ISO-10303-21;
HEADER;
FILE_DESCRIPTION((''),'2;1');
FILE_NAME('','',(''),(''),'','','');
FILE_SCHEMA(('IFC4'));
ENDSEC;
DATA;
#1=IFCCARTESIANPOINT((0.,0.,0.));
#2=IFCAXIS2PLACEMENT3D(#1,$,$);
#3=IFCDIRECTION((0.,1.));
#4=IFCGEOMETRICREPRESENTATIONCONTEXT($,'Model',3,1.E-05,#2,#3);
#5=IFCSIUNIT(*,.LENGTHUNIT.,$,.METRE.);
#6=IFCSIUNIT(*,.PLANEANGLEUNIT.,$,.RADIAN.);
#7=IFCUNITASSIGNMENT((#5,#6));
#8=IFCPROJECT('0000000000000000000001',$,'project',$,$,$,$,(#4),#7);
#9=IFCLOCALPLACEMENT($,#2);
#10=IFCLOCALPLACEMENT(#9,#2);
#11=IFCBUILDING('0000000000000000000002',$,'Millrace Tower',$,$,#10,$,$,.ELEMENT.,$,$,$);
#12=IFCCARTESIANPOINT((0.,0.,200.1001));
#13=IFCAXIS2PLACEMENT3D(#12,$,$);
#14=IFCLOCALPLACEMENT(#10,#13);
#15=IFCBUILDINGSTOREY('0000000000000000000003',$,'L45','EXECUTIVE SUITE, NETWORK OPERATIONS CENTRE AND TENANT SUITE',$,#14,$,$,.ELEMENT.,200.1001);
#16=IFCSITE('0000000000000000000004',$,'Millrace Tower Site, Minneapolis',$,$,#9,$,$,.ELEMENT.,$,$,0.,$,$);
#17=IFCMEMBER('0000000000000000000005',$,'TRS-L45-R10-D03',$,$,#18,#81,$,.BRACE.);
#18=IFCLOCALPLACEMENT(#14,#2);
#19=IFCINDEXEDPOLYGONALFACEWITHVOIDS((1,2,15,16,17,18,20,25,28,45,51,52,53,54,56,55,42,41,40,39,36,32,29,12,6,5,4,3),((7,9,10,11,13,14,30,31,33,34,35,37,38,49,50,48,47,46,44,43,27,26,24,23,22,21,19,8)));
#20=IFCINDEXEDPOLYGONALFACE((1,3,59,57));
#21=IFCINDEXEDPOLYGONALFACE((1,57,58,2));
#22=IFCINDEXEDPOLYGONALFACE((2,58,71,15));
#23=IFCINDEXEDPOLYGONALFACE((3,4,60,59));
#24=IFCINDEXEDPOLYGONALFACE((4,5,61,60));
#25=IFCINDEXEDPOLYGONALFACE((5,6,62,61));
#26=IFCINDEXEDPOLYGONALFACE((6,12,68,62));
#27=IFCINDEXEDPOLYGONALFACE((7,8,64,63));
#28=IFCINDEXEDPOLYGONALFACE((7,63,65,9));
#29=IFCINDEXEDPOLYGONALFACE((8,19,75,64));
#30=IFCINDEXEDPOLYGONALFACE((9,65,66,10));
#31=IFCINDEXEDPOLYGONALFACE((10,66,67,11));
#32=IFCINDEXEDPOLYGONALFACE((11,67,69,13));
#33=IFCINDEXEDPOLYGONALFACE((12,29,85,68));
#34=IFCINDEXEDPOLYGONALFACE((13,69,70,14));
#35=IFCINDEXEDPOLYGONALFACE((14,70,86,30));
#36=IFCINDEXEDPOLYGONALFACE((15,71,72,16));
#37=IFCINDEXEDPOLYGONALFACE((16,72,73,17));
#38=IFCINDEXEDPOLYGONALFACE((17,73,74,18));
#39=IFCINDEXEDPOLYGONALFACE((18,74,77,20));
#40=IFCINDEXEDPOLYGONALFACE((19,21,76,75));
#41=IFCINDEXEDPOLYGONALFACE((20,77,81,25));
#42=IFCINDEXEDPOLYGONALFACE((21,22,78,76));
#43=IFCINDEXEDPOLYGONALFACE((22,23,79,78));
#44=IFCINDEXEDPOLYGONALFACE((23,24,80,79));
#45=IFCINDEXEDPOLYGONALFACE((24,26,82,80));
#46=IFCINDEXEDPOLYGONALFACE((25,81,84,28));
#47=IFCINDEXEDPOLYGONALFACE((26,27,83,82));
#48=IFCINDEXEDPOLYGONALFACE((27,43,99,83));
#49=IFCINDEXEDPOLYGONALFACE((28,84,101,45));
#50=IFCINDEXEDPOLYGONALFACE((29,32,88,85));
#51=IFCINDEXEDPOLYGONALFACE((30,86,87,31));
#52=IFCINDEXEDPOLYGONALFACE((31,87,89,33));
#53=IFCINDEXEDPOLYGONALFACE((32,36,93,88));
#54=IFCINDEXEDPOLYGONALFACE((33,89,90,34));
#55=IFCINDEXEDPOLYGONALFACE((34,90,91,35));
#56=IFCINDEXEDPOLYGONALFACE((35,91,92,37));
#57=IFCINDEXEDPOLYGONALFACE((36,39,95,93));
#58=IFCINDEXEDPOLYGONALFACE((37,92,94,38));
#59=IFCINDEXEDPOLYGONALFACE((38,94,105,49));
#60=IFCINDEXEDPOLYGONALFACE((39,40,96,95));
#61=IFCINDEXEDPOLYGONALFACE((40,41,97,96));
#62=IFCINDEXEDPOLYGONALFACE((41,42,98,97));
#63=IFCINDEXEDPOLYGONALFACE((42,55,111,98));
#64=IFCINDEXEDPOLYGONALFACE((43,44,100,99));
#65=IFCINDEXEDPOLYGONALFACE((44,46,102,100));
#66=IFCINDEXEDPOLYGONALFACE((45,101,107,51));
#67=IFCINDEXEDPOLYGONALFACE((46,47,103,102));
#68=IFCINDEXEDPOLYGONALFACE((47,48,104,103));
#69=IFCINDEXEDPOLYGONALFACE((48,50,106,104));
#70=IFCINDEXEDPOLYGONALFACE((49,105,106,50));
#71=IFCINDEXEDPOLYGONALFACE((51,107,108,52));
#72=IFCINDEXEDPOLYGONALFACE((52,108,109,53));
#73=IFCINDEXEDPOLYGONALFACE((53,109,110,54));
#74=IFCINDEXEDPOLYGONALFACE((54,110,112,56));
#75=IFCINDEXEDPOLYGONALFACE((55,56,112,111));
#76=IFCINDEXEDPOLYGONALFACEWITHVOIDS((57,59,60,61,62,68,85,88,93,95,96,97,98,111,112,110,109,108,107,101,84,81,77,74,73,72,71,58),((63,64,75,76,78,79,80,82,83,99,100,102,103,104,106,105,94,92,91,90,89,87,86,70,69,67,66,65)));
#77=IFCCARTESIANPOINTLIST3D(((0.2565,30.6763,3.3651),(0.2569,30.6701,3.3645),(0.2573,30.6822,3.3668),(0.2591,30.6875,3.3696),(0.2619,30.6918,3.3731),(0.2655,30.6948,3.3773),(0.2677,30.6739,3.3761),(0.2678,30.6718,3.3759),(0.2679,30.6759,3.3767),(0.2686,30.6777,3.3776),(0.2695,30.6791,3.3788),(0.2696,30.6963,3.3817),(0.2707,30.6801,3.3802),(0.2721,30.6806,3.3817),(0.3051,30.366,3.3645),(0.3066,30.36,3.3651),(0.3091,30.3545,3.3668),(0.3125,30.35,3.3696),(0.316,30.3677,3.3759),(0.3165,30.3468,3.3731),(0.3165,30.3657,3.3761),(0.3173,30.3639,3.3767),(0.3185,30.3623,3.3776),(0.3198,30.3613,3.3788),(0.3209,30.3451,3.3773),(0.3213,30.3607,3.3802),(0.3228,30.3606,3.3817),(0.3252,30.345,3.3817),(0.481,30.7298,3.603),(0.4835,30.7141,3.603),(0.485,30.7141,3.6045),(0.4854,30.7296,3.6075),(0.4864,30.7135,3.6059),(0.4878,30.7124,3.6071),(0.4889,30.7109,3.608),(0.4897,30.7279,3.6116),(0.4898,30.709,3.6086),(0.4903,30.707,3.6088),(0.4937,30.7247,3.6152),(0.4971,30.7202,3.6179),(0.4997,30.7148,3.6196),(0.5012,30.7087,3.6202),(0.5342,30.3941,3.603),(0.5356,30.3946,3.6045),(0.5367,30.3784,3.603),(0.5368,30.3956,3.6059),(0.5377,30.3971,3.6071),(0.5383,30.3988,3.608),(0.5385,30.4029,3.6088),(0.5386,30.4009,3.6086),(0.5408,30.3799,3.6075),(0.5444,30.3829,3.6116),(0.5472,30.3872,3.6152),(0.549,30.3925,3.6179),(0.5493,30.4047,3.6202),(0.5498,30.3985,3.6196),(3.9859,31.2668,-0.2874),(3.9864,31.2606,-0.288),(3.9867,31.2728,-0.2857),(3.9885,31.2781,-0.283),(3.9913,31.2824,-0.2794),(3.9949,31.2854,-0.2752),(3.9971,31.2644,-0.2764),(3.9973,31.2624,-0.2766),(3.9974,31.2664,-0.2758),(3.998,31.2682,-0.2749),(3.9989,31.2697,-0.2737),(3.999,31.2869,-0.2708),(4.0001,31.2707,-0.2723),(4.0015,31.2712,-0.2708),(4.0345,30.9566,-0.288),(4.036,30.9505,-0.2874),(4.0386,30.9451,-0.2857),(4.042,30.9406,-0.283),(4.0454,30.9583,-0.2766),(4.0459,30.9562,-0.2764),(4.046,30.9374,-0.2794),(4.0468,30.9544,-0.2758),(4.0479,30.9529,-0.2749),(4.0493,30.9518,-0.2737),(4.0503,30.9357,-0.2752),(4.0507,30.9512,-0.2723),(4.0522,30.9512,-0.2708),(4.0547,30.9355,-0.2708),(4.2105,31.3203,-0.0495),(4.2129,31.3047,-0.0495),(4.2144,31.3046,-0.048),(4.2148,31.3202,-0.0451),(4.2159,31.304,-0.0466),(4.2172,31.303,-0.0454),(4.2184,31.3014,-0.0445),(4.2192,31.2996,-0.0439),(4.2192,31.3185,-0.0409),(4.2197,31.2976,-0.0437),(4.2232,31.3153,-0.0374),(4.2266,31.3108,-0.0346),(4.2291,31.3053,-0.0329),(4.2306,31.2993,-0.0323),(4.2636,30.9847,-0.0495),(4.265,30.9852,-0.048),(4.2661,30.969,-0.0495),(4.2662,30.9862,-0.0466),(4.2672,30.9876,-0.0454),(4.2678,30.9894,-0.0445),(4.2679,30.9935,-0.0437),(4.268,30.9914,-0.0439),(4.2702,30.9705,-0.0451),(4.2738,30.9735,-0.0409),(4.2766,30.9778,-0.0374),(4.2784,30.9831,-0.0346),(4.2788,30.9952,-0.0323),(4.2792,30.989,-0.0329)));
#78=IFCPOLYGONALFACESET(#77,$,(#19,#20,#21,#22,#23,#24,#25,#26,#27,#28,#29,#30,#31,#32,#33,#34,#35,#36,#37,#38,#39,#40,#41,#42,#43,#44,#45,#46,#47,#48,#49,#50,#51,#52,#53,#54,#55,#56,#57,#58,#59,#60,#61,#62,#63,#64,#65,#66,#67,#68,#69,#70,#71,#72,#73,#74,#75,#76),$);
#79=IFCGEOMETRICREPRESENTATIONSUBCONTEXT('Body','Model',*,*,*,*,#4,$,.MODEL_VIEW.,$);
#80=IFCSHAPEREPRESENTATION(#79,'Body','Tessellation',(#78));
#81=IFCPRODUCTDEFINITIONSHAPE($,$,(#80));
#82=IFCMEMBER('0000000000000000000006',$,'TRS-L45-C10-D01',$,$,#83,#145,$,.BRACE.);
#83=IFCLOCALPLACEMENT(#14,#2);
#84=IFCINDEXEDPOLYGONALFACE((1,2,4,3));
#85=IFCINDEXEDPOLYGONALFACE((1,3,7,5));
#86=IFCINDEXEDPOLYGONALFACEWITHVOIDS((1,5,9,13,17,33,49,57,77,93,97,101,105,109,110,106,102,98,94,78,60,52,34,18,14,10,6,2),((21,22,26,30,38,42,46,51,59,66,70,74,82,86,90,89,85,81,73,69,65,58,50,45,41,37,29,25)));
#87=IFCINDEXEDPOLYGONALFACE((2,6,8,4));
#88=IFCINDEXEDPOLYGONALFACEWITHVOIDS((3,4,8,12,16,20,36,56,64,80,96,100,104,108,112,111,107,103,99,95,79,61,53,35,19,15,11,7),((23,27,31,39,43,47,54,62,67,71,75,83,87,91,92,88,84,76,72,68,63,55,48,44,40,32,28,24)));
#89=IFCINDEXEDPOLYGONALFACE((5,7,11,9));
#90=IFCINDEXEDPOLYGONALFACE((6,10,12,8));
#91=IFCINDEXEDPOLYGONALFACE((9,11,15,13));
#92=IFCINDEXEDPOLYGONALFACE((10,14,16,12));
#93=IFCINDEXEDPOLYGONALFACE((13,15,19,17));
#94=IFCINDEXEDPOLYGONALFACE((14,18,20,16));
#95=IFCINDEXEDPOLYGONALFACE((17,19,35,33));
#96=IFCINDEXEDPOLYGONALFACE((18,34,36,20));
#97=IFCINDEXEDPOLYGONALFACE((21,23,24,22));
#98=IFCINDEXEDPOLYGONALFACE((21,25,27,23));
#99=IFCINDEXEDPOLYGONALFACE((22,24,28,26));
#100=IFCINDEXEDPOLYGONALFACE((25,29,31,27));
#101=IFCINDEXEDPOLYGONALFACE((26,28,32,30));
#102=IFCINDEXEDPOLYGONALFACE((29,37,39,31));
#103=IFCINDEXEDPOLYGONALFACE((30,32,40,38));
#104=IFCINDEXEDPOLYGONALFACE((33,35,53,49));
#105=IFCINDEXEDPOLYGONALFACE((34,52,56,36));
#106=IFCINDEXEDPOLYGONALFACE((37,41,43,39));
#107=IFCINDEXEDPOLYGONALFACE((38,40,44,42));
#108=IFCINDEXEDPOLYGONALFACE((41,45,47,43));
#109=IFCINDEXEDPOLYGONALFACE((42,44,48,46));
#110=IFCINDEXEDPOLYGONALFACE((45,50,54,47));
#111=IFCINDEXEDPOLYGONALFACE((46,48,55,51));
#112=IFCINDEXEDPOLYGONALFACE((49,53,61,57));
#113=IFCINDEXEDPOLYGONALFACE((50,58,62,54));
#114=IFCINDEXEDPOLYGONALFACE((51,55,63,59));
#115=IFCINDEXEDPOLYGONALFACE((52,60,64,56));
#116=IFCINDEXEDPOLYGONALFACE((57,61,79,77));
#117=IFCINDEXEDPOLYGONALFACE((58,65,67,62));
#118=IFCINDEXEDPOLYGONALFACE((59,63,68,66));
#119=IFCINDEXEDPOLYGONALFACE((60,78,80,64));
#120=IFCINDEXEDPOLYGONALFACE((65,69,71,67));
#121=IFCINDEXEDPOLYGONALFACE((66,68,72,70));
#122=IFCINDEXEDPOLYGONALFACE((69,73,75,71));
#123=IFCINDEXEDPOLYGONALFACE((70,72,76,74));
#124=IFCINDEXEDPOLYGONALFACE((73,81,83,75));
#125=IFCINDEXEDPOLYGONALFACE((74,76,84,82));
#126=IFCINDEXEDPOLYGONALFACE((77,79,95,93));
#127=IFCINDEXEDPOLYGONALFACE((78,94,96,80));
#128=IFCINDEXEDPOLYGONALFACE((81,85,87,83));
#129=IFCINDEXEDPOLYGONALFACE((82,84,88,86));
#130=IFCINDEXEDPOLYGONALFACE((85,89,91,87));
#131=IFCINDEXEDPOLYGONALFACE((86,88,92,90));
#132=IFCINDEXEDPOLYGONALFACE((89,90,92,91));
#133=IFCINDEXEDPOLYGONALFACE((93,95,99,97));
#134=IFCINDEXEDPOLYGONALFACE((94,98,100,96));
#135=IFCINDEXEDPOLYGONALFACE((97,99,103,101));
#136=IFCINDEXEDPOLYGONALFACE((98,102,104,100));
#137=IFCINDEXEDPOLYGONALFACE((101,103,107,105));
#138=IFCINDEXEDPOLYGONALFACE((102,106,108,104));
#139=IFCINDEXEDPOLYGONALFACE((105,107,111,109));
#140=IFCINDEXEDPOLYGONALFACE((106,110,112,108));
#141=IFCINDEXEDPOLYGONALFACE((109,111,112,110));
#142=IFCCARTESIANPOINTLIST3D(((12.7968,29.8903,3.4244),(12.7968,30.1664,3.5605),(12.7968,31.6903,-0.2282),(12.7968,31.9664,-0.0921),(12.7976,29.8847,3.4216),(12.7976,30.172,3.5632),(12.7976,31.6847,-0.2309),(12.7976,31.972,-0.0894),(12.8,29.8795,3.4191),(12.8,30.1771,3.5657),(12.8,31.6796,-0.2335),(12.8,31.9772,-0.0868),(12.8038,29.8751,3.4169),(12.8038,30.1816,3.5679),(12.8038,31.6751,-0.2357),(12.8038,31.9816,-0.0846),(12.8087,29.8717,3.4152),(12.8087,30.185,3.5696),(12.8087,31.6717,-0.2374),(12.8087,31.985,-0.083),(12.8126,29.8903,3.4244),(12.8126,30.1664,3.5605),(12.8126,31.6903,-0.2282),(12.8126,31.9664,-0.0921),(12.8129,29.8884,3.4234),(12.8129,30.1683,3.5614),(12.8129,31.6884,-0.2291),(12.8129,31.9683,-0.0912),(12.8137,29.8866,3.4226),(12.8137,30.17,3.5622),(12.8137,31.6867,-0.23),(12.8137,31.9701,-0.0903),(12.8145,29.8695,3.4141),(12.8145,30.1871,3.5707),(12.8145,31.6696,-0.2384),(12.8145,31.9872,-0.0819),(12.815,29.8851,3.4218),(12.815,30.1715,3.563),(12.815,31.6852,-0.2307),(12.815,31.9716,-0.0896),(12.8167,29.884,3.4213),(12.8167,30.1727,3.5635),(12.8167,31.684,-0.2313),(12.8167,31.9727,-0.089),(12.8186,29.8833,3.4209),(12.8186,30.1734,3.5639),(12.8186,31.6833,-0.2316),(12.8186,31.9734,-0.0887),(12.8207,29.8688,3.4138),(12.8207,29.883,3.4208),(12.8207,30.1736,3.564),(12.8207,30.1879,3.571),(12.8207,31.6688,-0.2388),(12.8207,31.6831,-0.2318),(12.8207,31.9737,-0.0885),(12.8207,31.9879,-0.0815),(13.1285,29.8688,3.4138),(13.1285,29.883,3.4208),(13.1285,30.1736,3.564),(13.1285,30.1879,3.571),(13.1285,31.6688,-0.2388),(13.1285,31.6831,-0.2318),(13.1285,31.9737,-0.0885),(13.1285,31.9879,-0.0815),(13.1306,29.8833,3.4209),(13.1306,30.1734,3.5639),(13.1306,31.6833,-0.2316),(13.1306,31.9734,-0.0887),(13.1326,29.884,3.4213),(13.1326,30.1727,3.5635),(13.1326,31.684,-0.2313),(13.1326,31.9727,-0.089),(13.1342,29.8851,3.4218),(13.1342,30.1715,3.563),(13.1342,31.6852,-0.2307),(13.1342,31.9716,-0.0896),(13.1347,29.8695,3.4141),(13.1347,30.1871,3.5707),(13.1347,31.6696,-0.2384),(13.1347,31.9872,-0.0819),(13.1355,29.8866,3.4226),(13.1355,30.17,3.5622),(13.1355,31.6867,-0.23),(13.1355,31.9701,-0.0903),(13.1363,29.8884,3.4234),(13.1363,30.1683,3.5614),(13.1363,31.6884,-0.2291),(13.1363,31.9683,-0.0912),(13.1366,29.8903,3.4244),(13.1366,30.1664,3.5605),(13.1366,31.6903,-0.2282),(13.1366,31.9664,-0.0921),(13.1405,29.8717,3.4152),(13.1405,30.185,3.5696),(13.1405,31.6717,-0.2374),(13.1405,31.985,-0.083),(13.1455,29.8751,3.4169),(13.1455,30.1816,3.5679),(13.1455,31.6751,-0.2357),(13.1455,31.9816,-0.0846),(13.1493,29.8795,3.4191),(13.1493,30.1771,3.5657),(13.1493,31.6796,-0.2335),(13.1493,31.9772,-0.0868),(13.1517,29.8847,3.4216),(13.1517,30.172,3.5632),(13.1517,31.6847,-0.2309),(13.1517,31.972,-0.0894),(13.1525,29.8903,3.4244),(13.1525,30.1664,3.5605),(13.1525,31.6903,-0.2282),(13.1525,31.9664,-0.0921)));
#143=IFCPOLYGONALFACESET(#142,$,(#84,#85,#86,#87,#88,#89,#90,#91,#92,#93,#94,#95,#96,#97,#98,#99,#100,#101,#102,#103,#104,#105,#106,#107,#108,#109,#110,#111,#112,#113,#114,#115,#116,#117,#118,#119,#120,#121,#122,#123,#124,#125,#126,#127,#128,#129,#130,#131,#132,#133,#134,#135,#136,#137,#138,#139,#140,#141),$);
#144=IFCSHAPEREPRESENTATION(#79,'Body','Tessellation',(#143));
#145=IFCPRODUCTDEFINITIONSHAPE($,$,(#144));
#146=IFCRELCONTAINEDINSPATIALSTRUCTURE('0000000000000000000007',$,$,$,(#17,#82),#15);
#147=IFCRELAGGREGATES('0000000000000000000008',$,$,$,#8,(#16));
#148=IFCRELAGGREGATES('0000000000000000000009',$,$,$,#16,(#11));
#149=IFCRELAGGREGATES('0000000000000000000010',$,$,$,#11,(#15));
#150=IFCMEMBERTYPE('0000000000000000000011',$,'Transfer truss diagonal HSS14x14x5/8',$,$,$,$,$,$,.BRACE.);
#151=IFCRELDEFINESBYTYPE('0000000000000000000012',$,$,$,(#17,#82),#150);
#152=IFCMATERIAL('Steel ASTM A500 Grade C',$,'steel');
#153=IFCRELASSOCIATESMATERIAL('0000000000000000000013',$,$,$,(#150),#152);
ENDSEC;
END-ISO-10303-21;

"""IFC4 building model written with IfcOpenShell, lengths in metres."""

from ifc_helpers import new_model, si_unit, direction, frame, origin, origin_2d, place, context, subcontext, project, spatial, hollow_rectangle, extrude, material, material_profile, profile_set, type_object, element, save


model = new_model("IFC4")

# Units and contexts
model_context = context("Model", 3, precision=1e-05, world=origin(), true_north=direction((0.0, 1.0)))
body_context = subcontext(model_context, "Body", "Model", "MODEL_VIEW")
ifc_project = project(units=[si_unit("LENGTHUNIT", "METRE"), si_unit("PLANEANGLEUNIT", "RADIAN")], contexts=[model_context])

# Site, building, storey
site_placement = place(None, origin())
site = spatial("IfcSite", under=ifc_project, at=site_placement, Name="Millrace Tower Site, Minneapolis", CompositionType="ELEMENT", RefElevation=0.0)
building_placement = place(site_placement, origin())
building = spatial("IfcBuilding", under=site, at=building_placement, Name="Millrace Tower", CompositionType="ELEMENT")
storey_placement = place(building_placement, frame((0.0, 0.0, 200.1001)))
storey = spatial("IfcBuildingStorey", under=building, at=storey_placement, Name="L45", Description="EXECUTIVE SUITE, NETWORK OPERATIONS CENTRE AND TENANT SUITE", CompositionType="ELEMENT", Elevation=200.1001)

# Members
ifc_material_1 = material(Name="Steel ASTM A500 Grade C", Category="steel")
ifc_material_profile_1 = material_profile(ifc_material_1, hollow_rectangle(XDim=0.3557, YDim=0.3557, WallThickness=0.0159, InnerFilletRadius=0.0081, OuterFilletRadius=0.0239, at=origin_2d()))
ifc_profile_set_1 = profile_set([ifc_material_profile_1], Name="Steel ASTM A500 Grade C")
member_type_1 = type_object("IfcMemberType", Name="Transfer truss diagonal HSS14x14x5/8", PredefinedType="BRACE", material=ifc_profile_set_1)
member_1_placement = place(storey_placement, frame((4.1326, 31.1279, -0.1602), z_axis=(-0.709906, -0.112416, 0.695267), x_axis=(0.156404, -0.987693, 0.0)))
element("IfcMember", 1, at=member_1_placement, inside=storey, type_object=member_type_1, Name="TRS-L45-R10-D03", PredefinedType="BRACE", context=body_context, shape_type="SweptSolid", body=[
    extrude(hollow_rectangle(XDim=0.3557, YDim=0.3557, WallThickness=0.0159, InnerFilletRadius=0.0081, OuterFilletRadius=0.0239, at=origin_2d()), origin(), (0.0, 0.0, 1.0), 5.2534),
])
member_2_placement = place(storey_placement, frame((12.9746, 31.8284, -0.1602), z_axis=(0.0, -0.44205, 0.89699), x_axis=(1.0, 0.0, 0.0)))
element("IfcMember", 2, at=member_2_placement, inside=storey, type_object=member_type_1, Name="TRS-L45-C10-D01", PredefinedType="BRACE", context=body_context, shape_type="SweptSolid", body=[
    extrude(hollow_rectangle(XDim=0.3557, YDim=0.3557, WallThickness=0.0159, InnerFilletRadius=0.0081, OuterFilletRadius=0.0239, at=origin_2d()), origin(), (0.0, 0.0, 1.0), 4.072),
])

save(model, "model.ifc")
